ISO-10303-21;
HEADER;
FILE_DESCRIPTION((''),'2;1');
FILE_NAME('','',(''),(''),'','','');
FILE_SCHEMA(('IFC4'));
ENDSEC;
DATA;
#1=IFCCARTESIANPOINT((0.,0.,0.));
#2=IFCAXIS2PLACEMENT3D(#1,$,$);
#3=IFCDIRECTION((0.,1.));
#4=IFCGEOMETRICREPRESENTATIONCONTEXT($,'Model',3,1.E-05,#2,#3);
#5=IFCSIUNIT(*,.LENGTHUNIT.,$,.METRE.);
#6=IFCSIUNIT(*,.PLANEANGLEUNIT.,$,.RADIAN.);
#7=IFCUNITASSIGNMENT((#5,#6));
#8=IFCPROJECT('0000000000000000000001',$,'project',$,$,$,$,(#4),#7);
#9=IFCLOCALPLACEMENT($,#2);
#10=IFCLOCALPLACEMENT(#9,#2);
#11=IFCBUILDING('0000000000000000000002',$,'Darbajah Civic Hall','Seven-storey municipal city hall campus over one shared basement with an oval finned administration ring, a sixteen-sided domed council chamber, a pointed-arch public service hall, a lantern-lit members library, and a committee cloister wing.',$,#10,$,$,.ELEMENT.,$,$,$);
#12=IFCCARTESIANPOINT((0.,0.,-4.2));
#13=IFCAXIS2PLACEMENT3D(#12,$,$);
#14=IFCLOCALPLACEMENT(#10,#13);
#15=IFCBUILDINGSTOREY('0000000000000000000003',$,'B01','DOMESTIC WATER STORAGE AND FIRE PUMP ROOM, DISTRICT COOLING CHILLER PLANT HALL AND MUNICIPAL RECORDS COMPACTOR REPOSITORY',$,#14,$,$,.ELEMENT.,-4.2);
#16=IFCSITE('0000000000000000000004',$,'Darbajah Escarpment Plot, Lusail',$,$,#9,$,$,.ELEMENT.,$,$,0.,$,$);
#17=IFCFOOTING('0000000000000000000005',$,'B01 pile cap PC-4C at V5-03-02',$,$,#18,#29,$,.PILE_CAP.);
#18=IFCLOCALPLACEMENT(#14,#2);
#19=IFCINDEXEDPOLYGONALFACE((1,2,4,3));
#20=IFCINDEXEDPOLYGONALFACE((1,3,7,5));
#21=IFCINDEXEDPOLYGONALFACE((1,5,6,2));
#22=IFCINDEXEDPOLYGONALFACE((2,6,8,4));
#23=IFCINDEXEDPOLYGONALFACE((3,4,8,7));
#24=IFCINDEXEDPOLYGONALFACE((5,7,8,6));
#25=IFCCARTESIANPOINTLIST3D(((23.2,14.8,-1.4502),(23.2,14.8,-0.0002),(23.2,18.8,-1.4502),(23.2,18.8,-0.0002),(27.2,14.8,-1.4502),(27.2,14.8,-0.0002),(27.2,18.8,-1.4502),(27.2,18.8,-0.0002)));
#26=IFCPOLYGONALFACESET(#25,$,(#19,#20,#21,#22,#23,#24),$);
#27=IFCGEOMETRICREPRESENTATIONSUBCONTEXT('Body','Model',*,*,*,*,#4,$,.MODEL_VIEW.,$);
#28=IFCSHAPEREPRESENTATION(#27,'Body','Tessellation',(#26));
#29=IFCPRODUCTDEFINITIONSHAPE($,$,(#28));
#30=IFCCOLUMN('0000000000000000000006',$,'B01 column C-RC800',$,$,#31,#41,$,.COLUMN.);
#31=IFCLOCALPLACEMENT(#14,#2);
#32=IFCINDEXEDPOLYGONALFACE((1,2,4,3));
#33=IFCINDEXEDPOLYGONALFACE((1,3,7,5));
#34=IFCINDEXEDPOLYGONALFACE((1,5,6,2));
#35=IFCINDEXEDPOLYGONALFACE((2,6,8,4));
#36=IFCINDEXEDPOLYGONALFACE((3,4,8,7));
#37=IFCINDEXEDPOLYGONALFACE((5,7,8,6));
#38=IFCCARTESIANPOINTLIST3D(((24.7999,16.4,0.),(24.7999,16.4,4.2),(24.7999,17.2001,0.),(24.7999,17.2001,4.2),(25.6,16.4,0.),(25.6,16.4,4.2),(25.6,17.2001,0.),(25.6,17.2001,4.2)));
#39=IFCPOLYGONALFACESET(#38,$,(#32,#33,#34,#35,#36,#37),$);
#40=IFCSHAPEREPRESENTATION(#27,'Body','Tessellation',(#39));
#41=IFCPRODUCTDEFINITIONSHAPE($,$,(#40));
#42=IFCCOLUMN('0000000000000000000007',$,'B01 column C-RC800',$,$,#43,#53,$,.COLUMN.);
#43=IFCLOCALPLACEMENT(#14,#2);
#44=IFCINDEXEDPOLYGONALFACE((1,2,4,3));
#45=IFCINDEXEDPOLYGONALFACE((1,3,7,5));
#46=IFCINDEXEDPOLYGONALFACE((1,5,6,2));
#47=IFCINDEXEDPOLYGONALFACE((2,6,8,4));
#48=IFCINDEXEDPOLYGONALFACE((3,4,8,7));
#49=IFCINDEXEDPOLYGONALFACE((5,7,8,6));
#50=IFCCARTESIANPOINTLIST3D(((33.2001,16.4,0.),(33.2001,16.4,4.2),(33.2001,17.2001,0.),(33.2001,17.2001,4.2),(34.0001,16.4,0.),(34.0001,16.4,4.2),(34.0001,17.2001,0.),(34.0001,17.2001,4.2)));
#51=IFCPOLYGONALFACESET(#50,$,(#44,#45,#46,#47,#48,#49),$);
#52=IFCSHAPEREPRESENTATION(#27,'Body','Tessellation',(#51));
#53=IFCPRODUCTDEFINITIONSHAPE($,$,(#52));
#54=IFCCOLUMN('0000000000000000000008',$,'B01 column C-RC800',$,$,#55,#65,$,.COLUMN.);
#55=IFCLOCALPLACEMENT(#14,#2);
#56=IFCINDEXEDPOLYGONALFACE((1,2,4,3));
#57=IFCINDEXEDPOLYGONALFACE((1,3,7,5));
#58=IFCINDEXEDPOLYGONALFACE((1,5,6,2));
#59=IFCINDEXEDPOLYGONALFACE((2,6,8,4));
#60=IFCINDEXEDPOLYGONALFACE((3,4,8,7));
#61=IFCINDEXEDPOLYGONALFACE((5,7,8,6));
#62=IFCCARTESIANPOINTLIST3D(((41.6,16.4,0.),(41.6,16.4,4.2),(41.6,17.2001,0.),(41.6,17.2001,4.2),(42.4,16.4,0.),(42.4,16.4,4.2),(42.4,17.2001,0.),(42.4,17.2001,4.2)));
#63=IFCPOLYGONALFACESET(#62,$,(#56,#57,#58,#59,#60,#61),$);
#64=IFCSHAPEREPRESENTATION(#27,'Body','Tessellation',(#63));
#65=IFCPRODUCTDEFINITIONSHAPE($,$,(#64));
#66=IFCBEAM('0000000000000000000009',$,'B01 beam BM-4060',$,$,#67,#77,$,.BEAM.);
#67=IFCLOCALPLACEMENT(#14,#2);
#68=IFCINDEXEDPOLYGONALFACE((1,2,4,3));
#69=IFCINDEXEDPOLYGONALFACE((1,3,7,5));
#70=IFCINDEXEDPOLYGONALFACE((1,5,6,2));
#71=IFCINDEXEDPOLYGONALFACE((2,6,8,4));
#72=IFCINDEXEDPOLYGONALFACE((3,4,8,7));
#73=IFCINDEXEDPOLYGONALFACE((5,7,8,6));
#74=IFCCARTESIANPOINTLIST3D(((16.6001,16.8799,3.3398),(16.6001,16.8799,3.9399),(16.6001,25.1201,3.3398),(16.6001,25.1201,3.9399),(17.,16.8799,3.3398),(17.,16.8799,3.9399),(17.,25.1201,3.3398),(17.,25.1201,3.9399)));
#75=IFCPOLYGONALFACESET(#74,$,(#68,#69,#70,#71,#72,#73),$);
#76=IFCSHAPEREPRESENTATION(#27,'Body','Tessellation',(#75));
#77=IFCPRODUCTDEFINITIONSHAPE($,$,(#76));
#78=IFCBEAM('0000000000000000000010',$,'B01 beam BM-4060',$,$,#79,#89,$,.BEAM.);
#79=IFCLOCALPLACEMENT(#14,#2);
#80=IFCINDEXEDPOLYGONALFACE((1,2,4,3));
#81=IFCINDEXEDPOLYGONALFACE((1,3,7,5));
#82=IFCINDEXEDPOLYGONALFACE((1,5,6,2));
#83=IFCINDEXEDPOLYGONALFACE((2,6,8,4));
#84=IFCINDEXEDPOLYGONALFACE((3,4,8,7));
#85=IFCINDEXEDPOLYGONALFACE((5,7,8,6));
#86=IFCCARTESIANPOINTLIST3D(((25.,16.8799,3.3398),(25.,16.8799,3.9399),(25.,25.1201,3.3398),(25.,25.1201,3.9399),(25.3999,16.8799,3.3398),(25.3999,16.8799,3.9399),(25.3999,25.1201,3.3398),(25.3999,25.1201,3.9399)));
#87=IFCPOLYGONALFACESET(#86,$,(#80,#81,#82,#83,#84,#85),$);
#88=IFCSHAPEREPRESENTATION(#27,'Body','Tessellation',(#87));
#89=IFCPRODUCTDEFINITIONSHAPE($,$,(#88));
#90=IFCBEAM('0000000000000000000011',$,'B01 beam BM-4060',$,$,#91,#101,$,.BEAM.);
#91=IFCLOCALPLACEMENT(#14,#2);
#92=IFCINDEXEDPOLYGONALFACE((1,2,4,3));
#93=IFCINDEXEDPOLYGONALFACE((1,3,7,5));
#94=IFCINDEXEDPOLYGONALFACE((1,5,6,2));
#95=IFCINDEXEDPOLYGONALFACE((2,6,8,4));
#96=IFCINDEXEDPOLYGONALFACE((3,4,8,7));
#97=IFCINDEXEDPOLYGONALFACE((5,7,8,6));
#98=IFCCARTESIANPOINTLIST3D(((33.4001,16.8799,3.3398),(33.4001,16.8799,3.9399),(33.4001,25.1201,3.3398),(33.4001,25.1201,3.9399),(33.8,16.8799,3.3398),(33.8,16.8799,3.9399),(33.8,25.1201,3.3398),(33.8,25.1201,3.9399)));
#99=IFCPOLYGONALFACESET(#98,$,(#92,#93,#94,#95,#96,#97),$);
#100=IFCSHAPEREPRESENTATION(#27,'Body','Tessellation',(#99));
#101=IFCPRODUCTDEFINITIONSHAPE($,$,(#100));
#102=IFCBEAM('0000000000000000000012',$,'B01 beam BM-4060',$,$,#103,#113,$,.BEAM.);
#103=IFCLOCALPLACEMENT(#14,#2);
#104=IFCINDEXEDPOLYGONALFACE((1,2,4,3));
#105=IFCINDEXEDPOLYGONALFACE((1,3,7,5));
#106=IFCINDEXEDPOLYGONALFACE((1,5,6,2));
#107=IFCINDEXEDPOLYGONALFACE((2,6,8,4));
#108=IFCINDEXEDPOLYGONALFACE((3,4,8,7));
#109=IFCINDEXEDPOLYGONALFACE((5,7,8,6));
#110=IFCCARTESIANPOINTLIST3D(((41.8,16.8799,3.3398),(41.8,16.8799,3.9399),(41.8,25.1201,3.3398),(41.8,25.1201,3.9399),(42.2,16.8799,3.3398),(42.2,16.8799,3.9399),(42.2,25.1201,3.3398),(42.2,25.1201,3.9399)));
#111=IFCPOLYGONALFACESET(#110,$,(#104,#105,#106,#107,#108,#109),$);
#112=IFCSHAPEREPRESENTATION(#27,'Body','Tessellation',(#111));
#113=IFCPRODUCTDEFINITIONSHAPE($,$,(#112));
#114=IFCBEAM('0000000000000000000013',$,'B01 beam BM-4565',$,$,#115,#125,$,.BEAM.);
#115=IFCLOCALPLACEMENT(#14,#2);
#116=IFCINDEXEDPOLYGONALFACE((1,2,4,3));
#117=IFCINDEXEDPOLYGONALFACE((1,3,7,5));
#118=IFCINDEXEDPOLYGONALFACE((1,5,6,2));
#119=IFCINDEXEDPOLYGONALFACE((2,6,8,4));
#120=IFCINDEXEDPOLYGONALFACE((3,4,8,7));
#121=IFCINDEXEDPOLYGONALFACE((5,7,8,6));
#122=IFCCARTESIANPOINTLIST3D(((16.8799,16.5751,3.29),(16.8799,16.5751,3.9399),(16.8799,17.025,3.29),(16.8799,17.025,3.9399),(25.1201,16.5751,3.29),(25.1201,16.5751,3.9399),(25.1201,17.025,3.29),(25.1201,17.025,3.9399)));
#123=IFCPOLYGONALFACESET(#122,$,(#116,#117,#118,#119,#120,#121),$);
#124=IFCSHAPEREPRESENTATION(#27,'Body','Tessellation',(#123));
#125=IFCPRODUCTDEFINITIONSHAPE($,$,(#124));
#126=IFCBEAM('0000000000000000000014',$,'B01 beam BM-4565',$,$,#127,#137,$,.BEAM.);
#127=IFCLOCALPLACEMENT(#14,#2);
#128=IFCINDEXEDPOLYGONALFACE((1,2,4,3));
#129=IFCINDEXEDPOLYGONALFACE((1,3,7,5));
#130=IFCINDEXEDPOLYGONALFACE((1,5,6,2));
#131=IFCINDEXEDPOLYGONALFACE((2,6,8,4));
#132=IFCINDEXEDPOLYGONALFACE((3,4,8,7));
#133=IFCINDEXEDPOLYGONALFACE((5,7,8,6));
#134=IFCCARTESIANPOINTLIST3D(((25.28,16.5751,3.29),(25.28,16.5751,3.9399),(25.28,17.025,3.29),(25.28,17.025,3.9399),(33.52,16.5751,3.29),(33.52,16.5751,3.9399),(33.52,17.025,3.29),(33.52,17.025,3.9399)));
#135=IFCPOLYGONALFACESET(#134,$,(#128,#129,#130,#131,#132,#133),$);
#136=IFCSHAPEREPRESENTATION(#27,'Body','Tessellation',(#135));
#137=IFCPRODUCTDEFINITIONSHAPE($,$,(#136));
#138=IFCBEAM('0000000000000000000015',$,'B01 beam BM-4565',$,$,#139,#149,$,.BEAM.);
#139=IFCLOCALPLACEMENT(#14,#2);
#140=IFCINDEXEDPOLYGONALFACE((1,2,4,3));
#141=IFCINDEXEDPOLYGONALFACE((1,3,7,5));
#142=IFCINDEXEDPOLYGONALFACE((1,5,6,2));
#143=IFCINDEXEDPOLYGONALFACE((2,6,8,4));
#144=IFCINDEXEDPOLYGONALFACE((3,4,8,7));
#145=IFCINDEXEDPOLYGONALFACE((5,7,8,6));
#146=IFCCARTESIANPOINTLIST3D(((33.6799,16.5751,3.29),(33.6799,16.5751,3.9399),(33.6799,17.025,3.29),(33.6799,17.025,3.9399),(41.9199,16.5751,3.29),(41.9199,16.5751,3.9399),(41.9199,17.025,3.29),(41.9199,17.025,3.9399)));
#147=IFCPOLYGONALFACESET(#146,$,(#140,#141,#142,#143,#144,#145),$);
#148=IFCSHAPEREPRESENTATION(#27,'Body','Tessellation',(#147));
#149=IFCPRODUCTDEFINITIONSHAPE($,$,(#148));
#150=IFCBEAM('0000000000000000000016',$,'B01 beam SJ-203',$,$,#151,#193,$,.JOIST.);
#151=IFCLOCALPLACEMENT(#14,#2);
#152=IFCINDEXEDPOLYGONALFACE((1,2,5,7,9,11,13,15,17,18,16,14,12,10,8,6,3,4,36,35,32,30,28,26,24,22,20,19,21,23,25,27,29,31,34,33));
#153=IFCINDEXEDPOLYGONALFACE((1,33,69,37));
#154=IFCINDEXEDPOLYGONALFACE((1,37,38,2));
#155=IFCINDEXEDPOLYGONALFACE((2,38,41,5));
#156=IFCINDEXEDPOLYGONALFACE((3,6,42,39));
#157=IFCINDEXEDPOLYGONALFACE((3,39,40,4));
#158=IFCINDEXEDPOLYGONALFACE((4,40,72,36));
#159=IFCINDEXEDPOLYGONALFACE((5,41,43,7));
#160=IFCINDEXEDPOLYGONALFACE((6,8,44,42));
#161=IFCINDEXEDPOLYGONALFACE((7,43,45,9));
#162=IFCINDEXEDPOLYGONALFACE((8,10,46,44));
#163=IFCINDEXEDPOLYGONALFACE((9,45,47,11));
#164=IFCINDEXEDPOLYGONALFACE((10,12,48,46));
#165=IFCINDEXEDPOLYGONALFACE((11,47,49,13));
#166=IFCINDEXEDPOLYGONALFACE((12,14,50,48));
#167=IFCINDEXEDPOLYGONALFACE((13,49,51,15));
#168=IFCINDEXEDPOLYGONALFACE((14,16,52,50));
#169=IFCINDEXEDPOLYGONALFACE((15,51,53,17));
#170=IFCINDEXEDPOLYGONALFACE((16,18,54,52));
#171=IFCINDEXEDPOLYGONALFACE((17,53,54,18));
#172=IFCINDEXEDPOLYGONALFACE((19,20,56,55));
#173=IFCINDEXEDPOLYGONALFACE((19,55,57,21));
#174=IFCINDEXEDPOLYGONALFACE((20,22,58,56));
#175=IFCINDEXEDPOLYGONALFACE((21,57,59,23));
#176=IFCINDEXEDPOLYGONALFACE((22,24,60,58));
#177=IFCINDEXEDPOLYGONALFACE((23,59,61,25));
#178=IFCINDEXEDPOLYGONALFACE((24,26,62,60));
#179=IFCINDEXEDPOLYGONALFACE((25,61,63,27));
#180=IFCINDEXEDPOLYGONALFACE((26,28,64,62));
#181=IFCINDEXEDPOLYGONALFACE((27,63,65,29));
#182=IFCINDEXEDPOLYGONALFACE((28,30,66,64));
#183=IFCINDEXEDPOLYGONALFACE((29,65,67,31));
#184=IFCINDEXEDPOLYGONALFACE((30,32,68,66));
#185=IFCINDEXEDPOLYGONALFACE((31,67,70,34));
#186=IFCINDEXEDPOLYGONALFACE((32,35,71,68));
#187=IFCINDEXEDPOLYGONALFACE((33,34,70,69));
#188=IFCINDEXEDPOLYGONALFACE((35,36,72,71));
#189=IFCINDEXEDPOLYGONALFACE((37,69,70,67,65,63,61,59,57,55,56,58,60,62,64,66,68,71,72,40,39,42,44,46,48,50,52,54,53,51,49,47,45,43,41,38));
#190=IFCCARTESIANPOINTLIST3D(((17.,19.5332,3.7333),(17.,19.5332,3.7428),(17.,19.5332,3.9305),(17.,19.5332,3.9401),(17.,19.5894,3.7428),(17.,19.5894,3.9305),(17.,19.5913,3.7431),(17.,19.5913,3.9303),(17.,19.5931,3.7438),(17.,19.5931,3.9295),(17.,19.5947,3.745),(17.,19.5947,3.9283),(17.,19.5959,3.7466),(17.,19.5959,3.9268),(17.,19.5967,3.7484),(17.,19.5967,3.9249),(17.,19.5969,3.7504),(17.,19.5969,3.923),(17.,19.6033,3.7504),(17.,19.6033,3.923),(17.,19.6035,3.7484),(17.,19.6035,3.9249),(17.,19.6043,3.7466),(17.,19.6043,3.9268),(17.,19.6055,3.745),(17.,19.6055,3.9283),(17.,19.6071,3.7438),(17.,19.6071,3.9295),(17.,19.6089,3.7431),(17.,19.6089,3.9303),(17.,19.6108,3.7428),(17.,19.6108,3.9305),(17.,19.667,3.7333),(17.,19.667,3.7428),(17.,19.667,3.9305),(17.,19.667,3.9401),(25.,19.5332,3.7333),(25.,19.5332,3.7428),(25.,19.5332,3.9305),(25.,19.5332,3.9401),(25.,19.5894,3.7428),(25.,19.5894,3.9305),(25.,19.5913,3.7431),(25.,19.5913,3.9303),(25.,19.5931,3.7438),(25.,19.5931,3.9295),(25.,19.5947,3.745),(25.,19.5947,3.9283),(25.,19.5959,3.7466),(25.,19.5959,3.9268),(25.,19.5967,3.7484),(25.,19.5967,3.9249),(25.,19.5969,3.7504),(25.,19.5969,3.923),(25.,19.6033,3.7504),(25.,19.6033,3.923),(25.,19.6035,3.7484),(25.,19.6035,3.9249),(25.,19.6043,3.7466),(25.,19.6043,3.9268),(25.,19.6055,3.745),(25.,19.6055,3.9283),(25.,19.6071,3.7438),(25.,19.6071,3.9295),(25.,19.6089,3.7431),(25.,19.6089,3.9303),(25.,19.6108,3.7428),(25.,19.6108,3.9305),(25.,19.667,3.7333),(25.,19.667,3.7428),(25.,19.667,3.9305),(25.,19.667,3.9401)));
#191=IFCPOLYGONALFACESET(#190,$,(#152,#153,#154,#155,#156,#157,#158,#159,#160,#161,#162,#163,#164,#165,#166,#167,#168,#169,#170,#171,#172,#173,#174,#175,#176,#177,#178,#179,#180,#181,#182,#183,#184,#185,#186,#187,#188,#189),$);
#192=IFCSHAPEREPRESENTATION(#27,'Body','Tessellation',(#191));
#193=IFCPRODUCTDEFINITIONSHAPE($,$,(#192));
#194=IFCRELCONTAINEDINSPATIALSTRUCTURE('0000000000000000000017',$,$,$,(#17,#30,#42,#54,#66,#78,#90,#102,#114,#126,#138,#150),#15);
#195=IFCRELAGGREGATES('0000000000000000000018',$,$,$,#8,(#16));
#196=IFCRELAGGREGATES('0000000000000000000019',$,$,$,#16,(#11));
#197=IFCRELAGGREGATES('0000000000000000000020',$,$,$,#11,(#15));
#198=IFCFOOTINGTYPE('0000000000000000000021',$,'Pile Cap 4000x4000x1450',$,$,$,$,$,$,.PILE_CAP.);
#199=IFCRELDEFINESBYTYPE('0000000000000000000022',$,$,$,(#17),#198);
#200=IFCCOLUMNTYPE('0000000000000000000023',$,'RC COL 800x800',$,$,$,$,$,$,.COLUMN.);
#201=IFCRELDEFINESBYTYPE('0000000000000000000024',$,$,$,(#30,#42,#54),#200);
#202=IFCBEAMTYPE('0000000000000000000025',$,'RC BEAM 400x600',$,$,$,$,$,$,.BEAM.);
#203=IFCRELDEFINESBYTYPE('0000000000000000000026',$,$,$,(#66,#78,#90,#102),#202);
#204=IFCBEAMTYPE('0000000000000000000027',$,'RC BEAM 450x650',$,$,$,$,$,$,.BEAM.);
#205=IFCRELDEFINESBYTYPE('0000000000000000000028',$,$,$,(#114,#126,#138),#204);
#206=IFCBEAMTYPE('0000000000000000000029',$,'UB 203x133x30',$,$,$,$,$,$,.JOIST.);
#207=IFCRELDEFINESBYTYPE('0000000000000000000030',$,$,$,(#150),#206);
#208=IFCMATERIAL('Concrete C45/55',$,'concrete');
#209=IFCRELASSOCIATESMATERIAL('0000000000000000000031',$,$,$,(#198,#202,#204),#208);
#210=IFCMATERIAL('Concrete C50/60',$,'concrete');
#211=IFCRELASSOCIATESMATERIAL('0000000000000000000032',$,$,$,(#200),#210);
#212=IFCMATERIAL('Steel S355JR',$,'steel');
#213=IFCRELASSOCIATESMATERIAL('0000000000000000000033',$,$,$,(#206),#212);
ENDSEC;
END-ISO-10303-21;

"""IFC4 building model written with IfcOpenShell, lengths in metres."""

from ifc_helpers import new_model, si_unit, direction, frame, origin, origin_2d, place, context, subcontext, project, spatial, rectangle, i_section, extrude, material, material_profile, profile_set, type_object, element, save


model = new_model("IFC4")

# Units and contexts
model_context = context("Model", 3, precision=1e-05, world=origin(), true_north=direction((0.0, 1.0)))
body_context = subcontext(model_context, "Body", "Model", "MODEL_VIEW")
ifc_project = project(units=[si_unit("LENGTHUNIT", "METRE"), si_unit("PLANEANGLEUNIT", "RADIAN")], contexts=[model_context])

# Site, building, storey
site_placement = place(None, origin())
site = spatial("IfcSite", under=ifc_project, at=site_placement, Name="Darbajah Escarpment Plot, Lusail", CompositionType="ELEMENT", RefElevation=0.0)
building_placement = place(site_placement, origin())
building = spatial("IfcBuilding", under=site, at=building_placement, Name="Darbajah Civic Hall", Description="Seven-storey municipal city hall campus over one shared basement with an oval finned administration ring, a sixteen-sided domed council chamber, a pointed-arch public service hall, a lantern-lit members library, and a committee cloister wing.", CompositionType="ELEMENT")
storey_placement = place(building_placement, frame((0.0, 0.0, -4.2)))
storey = spatial("IfcBuildingStorey", under=building, at=storey_placement, Name="B01", Description="DOMESTIC WATER STORAGE AND FIRE PUMP ROOM, DISTRICT COOLING CHILLER PLANT HALL AND MUNICIPAL RECORDS COMPACTOR REPOSITORY", CompositionType="ELEMENT", Elevation=-4.2)

# Shared definitions
ifc_material_1 = material(Name="Concrete C45/55", Category="concrete")

# Footing
footing_type_1 = type_object("IfcFootingType", Name="Pile Cap 4000x4000x1450", PredefinedType="PILE_CAP", material=ifc_material_1)
footing_1_placement = place(storey_placement, frame((25.2, 16.8, -1.4502), z_axis=(0.0, 0.0, 1.0), x_axis=(1.0, 0.0, 0.0)))
element("IfcFooting", 1, at=footing_1_placement, inside=storey, type_object=footing_type_1, Name="B01 pile cap PC-4C at V5-03-02", PredefinedType="PILE_CAP", context=body_context, shape_type="SweptSolid", body=[
    extrude(rectangle(XDim=4.0, YDim=4.0, at=origin_2d()), origin(), (0.0, 0.0, 1.0), 1.45),
])

# Columns
ifc_material_2 = material(Name="Concrete C50/60", Category="concrete")
ifc_material_profile_1 = material_profile(ifc_material_2, rectangle(XDim=0.8, YDim=0.8, at=origin_2d()), Name="RC COL 800x800")
ifc_profile_set_1 = profile_set([ifc_material_profile_1], Name="Concrete C50/60")
column_type = type_object("IfcColumnType", Name="RC COL 800x800", PredefinedType="COLUMN", material=ifc_profile_set_1)
for number, where, z_axis, x_axis, name in (
    (2, (25.2, 16.8, 0.0), (0.0, 0.0, 1.0), (1.0, 0.0, 0.0), "B01 column C-RC800"),
    (3, (33.6001, 16.8, 0.0), (0.0, 0.0, 1.0), (1.0, 0.0, 0.0), "B01 column C-RC800"),
    (4, (42.0, 16.8, 0.0), (0.0, 0.0, 1.0), (1.0, 0.0, 0.0), "B01 column C-RC800"),
):
    element("IfcColumn", number, at=place(storey_placement, frame(where, z_axis=z_axis, x_axis=x_axis)), inside=storey, type_object=column_type, Name=name, PredefinedType="COLUMN", context=body_context, shape_type="SweptSolid", body=[
        extrude(rectangle(XDim=0.8, YDim=0.8, at=origin_2d()), origin(), (0.0, 0.0, 1.0), 4.2),
    ])

# Beams
ifc_material_profile_2 = material_profile(ifc_material_1, rectangle(XDim=0.3999, YDim=0.6001, at=origin_2d()), Name="RC BEAM 400x600")
ifc_profile_set_2 = profile_set([ifc_material_profile_2], Name="Concrete C45/55")
beam_type_1 = type_object("IfcBeamType", Name="RC BEAM 400x600", PredefinedType="BEAM", material=ifc_profile_set_2)
for number, where, z_axis, x_axis, name in (
    (5, (16.8, 16.8799, 3.6399), (0.0, 1.0, 0.0), (-1.0, 0.0, 0.0), "B01 beam BM-4060"),
    (6, (25.2, 16.8799, 3.6399), (0.0, 1.0, 0.0), (-1.0, 0.0, 0.0), "B01 beam BM-4060"),
    (7, (33.6001, 16.8799, 3.6399), (0.0, 1.0, 0.0), (-1.0, 0.0, 0.0), "B01 beam BM-4060"),
    (8, (42.0, 16.8799, 3.6399), (0.0, 1.0, 0.0), (-1.0, 0.0, 0.0), "B01 beam BM-4060"),
):
    element("IfcBeam", number, at=place(storey_placement, frame(where, z_axis=z_axis, x_axis=x_axis)), inside=storey, type_object=beam_type_1, Name=name, PredefinedType="BEAM", context=body_context, shape_type="SweptSolid", body=[
        extrude(rectangle(XDim=0.3999, YDim=0.6001, at=origin_2d()), origin(), (0.0, 0.0, 1.0), 8.2402),
    ])
ifc_material_profile_3 = material_profile(ifc_material_1, rectangle(XDim=0.45, YDim=0.6499, at=origin_2d()), Name="RC BEAM 450x650")
ifc_profile_set_3 = profile_set([ifc_material_profile_3], Name="Concrete C45/55")
beam_type_2 = type_object("IfcBeamType", Name="RC BEAM 450x650", PredefinedType="BEAM", material=ifc_profile_set_3)
beam_placement = place(storey_placement, frame((16.8799, 16.8, 3.615), z_axis=(1.0, 0.0, 0.0), x_axis=(0.0, 1.0, 0.0)))
element("IfcBeam", 9, at=beam_placement, inside=storey, type_object=beam_type_2, Name="B01 beam BM-4565", PredefinedType="BEAM", context=body_context, shape_type="SweptSolid", body=[
    extrude(rectangle(XDim=0.45, YDim=0.6499, at=origin_2d()), origin(), (0.0, 0.0, 1.0), 8.2402),
])
for number, where, z_axis, x_axis, name in (
    (10, (25.28, 16.8, 3.615), (1.0, 0.0, 0.0), (0.0, 1.0, 0.0), "B01 beam BM-4565"),
    (11, (33.6799, 16.8, 3.615), (1.0, 0.0, 0.0), (0.0, 1.0, 0.0), "B01 beam BM-4565"),
):
    element("IfcBeam", number, at=place(storey_placement, frame(where, z_axis=z_axis, x_axis=x_axis)), inside=storey, type_object=beam_type_2, Name=name, PredefinedType="BEAM", context=body_context, shape_type="SweptSolid", body=[
        extrude(rectangle(XDim=0.45, YDim=0.6499, at=origin_2d()), origin(), (0.0, 0.0, 1.0), 8.24),
    ])
ifc_material_3 = material(Name="Steel S355JR", Category="steel")
ifc_material_profile_4 = material_profile(ifc_material_3, i_section(OverallWidth=0.1338, OverallDepth=0.2068, WebThickness=0.0063, FlangeThickness=0.0095, FilletRadius=0.0076, at=origin_2d()), Name="UB 203x133x30")
ifc_profile_set_4 = profile_set([ifc_material_profile_4], Name="Steel S355JR")
beam_type_3 = type_object("IfcBeamType", Name="UB 203x133x30", PredefinedType="JOIST", material=ifc_profile_set_4)
for number, where, z_axis, x_axis, name in (
    (12, (17.0, 19.6001, 3.8367), (1.0, 0.0, 0.0), (0.0, 1.0, 0.0), "B01 beam SJ-203"),
):
    element("IfcBeam", number, at=place(storey_placement, frame(where, z_axis=z_axis, x_axis=x_axis)), inside=storey, type_object=beam_type_3, Name=name, PredefinedType="JOIST", context=body_context, shape_type="SweptSolid", body=[
        extrude(i_section(OverallWidth=0.1338, OverallDepth=0.2068, WebThickness=0.0063, FlangeThickness=0.0095, FilletRadius=0.0076, at=origin_2d()), origin(), (0.0, 0.0, 1.0), 8.0),
    ])

save(model, "model.ifc")
